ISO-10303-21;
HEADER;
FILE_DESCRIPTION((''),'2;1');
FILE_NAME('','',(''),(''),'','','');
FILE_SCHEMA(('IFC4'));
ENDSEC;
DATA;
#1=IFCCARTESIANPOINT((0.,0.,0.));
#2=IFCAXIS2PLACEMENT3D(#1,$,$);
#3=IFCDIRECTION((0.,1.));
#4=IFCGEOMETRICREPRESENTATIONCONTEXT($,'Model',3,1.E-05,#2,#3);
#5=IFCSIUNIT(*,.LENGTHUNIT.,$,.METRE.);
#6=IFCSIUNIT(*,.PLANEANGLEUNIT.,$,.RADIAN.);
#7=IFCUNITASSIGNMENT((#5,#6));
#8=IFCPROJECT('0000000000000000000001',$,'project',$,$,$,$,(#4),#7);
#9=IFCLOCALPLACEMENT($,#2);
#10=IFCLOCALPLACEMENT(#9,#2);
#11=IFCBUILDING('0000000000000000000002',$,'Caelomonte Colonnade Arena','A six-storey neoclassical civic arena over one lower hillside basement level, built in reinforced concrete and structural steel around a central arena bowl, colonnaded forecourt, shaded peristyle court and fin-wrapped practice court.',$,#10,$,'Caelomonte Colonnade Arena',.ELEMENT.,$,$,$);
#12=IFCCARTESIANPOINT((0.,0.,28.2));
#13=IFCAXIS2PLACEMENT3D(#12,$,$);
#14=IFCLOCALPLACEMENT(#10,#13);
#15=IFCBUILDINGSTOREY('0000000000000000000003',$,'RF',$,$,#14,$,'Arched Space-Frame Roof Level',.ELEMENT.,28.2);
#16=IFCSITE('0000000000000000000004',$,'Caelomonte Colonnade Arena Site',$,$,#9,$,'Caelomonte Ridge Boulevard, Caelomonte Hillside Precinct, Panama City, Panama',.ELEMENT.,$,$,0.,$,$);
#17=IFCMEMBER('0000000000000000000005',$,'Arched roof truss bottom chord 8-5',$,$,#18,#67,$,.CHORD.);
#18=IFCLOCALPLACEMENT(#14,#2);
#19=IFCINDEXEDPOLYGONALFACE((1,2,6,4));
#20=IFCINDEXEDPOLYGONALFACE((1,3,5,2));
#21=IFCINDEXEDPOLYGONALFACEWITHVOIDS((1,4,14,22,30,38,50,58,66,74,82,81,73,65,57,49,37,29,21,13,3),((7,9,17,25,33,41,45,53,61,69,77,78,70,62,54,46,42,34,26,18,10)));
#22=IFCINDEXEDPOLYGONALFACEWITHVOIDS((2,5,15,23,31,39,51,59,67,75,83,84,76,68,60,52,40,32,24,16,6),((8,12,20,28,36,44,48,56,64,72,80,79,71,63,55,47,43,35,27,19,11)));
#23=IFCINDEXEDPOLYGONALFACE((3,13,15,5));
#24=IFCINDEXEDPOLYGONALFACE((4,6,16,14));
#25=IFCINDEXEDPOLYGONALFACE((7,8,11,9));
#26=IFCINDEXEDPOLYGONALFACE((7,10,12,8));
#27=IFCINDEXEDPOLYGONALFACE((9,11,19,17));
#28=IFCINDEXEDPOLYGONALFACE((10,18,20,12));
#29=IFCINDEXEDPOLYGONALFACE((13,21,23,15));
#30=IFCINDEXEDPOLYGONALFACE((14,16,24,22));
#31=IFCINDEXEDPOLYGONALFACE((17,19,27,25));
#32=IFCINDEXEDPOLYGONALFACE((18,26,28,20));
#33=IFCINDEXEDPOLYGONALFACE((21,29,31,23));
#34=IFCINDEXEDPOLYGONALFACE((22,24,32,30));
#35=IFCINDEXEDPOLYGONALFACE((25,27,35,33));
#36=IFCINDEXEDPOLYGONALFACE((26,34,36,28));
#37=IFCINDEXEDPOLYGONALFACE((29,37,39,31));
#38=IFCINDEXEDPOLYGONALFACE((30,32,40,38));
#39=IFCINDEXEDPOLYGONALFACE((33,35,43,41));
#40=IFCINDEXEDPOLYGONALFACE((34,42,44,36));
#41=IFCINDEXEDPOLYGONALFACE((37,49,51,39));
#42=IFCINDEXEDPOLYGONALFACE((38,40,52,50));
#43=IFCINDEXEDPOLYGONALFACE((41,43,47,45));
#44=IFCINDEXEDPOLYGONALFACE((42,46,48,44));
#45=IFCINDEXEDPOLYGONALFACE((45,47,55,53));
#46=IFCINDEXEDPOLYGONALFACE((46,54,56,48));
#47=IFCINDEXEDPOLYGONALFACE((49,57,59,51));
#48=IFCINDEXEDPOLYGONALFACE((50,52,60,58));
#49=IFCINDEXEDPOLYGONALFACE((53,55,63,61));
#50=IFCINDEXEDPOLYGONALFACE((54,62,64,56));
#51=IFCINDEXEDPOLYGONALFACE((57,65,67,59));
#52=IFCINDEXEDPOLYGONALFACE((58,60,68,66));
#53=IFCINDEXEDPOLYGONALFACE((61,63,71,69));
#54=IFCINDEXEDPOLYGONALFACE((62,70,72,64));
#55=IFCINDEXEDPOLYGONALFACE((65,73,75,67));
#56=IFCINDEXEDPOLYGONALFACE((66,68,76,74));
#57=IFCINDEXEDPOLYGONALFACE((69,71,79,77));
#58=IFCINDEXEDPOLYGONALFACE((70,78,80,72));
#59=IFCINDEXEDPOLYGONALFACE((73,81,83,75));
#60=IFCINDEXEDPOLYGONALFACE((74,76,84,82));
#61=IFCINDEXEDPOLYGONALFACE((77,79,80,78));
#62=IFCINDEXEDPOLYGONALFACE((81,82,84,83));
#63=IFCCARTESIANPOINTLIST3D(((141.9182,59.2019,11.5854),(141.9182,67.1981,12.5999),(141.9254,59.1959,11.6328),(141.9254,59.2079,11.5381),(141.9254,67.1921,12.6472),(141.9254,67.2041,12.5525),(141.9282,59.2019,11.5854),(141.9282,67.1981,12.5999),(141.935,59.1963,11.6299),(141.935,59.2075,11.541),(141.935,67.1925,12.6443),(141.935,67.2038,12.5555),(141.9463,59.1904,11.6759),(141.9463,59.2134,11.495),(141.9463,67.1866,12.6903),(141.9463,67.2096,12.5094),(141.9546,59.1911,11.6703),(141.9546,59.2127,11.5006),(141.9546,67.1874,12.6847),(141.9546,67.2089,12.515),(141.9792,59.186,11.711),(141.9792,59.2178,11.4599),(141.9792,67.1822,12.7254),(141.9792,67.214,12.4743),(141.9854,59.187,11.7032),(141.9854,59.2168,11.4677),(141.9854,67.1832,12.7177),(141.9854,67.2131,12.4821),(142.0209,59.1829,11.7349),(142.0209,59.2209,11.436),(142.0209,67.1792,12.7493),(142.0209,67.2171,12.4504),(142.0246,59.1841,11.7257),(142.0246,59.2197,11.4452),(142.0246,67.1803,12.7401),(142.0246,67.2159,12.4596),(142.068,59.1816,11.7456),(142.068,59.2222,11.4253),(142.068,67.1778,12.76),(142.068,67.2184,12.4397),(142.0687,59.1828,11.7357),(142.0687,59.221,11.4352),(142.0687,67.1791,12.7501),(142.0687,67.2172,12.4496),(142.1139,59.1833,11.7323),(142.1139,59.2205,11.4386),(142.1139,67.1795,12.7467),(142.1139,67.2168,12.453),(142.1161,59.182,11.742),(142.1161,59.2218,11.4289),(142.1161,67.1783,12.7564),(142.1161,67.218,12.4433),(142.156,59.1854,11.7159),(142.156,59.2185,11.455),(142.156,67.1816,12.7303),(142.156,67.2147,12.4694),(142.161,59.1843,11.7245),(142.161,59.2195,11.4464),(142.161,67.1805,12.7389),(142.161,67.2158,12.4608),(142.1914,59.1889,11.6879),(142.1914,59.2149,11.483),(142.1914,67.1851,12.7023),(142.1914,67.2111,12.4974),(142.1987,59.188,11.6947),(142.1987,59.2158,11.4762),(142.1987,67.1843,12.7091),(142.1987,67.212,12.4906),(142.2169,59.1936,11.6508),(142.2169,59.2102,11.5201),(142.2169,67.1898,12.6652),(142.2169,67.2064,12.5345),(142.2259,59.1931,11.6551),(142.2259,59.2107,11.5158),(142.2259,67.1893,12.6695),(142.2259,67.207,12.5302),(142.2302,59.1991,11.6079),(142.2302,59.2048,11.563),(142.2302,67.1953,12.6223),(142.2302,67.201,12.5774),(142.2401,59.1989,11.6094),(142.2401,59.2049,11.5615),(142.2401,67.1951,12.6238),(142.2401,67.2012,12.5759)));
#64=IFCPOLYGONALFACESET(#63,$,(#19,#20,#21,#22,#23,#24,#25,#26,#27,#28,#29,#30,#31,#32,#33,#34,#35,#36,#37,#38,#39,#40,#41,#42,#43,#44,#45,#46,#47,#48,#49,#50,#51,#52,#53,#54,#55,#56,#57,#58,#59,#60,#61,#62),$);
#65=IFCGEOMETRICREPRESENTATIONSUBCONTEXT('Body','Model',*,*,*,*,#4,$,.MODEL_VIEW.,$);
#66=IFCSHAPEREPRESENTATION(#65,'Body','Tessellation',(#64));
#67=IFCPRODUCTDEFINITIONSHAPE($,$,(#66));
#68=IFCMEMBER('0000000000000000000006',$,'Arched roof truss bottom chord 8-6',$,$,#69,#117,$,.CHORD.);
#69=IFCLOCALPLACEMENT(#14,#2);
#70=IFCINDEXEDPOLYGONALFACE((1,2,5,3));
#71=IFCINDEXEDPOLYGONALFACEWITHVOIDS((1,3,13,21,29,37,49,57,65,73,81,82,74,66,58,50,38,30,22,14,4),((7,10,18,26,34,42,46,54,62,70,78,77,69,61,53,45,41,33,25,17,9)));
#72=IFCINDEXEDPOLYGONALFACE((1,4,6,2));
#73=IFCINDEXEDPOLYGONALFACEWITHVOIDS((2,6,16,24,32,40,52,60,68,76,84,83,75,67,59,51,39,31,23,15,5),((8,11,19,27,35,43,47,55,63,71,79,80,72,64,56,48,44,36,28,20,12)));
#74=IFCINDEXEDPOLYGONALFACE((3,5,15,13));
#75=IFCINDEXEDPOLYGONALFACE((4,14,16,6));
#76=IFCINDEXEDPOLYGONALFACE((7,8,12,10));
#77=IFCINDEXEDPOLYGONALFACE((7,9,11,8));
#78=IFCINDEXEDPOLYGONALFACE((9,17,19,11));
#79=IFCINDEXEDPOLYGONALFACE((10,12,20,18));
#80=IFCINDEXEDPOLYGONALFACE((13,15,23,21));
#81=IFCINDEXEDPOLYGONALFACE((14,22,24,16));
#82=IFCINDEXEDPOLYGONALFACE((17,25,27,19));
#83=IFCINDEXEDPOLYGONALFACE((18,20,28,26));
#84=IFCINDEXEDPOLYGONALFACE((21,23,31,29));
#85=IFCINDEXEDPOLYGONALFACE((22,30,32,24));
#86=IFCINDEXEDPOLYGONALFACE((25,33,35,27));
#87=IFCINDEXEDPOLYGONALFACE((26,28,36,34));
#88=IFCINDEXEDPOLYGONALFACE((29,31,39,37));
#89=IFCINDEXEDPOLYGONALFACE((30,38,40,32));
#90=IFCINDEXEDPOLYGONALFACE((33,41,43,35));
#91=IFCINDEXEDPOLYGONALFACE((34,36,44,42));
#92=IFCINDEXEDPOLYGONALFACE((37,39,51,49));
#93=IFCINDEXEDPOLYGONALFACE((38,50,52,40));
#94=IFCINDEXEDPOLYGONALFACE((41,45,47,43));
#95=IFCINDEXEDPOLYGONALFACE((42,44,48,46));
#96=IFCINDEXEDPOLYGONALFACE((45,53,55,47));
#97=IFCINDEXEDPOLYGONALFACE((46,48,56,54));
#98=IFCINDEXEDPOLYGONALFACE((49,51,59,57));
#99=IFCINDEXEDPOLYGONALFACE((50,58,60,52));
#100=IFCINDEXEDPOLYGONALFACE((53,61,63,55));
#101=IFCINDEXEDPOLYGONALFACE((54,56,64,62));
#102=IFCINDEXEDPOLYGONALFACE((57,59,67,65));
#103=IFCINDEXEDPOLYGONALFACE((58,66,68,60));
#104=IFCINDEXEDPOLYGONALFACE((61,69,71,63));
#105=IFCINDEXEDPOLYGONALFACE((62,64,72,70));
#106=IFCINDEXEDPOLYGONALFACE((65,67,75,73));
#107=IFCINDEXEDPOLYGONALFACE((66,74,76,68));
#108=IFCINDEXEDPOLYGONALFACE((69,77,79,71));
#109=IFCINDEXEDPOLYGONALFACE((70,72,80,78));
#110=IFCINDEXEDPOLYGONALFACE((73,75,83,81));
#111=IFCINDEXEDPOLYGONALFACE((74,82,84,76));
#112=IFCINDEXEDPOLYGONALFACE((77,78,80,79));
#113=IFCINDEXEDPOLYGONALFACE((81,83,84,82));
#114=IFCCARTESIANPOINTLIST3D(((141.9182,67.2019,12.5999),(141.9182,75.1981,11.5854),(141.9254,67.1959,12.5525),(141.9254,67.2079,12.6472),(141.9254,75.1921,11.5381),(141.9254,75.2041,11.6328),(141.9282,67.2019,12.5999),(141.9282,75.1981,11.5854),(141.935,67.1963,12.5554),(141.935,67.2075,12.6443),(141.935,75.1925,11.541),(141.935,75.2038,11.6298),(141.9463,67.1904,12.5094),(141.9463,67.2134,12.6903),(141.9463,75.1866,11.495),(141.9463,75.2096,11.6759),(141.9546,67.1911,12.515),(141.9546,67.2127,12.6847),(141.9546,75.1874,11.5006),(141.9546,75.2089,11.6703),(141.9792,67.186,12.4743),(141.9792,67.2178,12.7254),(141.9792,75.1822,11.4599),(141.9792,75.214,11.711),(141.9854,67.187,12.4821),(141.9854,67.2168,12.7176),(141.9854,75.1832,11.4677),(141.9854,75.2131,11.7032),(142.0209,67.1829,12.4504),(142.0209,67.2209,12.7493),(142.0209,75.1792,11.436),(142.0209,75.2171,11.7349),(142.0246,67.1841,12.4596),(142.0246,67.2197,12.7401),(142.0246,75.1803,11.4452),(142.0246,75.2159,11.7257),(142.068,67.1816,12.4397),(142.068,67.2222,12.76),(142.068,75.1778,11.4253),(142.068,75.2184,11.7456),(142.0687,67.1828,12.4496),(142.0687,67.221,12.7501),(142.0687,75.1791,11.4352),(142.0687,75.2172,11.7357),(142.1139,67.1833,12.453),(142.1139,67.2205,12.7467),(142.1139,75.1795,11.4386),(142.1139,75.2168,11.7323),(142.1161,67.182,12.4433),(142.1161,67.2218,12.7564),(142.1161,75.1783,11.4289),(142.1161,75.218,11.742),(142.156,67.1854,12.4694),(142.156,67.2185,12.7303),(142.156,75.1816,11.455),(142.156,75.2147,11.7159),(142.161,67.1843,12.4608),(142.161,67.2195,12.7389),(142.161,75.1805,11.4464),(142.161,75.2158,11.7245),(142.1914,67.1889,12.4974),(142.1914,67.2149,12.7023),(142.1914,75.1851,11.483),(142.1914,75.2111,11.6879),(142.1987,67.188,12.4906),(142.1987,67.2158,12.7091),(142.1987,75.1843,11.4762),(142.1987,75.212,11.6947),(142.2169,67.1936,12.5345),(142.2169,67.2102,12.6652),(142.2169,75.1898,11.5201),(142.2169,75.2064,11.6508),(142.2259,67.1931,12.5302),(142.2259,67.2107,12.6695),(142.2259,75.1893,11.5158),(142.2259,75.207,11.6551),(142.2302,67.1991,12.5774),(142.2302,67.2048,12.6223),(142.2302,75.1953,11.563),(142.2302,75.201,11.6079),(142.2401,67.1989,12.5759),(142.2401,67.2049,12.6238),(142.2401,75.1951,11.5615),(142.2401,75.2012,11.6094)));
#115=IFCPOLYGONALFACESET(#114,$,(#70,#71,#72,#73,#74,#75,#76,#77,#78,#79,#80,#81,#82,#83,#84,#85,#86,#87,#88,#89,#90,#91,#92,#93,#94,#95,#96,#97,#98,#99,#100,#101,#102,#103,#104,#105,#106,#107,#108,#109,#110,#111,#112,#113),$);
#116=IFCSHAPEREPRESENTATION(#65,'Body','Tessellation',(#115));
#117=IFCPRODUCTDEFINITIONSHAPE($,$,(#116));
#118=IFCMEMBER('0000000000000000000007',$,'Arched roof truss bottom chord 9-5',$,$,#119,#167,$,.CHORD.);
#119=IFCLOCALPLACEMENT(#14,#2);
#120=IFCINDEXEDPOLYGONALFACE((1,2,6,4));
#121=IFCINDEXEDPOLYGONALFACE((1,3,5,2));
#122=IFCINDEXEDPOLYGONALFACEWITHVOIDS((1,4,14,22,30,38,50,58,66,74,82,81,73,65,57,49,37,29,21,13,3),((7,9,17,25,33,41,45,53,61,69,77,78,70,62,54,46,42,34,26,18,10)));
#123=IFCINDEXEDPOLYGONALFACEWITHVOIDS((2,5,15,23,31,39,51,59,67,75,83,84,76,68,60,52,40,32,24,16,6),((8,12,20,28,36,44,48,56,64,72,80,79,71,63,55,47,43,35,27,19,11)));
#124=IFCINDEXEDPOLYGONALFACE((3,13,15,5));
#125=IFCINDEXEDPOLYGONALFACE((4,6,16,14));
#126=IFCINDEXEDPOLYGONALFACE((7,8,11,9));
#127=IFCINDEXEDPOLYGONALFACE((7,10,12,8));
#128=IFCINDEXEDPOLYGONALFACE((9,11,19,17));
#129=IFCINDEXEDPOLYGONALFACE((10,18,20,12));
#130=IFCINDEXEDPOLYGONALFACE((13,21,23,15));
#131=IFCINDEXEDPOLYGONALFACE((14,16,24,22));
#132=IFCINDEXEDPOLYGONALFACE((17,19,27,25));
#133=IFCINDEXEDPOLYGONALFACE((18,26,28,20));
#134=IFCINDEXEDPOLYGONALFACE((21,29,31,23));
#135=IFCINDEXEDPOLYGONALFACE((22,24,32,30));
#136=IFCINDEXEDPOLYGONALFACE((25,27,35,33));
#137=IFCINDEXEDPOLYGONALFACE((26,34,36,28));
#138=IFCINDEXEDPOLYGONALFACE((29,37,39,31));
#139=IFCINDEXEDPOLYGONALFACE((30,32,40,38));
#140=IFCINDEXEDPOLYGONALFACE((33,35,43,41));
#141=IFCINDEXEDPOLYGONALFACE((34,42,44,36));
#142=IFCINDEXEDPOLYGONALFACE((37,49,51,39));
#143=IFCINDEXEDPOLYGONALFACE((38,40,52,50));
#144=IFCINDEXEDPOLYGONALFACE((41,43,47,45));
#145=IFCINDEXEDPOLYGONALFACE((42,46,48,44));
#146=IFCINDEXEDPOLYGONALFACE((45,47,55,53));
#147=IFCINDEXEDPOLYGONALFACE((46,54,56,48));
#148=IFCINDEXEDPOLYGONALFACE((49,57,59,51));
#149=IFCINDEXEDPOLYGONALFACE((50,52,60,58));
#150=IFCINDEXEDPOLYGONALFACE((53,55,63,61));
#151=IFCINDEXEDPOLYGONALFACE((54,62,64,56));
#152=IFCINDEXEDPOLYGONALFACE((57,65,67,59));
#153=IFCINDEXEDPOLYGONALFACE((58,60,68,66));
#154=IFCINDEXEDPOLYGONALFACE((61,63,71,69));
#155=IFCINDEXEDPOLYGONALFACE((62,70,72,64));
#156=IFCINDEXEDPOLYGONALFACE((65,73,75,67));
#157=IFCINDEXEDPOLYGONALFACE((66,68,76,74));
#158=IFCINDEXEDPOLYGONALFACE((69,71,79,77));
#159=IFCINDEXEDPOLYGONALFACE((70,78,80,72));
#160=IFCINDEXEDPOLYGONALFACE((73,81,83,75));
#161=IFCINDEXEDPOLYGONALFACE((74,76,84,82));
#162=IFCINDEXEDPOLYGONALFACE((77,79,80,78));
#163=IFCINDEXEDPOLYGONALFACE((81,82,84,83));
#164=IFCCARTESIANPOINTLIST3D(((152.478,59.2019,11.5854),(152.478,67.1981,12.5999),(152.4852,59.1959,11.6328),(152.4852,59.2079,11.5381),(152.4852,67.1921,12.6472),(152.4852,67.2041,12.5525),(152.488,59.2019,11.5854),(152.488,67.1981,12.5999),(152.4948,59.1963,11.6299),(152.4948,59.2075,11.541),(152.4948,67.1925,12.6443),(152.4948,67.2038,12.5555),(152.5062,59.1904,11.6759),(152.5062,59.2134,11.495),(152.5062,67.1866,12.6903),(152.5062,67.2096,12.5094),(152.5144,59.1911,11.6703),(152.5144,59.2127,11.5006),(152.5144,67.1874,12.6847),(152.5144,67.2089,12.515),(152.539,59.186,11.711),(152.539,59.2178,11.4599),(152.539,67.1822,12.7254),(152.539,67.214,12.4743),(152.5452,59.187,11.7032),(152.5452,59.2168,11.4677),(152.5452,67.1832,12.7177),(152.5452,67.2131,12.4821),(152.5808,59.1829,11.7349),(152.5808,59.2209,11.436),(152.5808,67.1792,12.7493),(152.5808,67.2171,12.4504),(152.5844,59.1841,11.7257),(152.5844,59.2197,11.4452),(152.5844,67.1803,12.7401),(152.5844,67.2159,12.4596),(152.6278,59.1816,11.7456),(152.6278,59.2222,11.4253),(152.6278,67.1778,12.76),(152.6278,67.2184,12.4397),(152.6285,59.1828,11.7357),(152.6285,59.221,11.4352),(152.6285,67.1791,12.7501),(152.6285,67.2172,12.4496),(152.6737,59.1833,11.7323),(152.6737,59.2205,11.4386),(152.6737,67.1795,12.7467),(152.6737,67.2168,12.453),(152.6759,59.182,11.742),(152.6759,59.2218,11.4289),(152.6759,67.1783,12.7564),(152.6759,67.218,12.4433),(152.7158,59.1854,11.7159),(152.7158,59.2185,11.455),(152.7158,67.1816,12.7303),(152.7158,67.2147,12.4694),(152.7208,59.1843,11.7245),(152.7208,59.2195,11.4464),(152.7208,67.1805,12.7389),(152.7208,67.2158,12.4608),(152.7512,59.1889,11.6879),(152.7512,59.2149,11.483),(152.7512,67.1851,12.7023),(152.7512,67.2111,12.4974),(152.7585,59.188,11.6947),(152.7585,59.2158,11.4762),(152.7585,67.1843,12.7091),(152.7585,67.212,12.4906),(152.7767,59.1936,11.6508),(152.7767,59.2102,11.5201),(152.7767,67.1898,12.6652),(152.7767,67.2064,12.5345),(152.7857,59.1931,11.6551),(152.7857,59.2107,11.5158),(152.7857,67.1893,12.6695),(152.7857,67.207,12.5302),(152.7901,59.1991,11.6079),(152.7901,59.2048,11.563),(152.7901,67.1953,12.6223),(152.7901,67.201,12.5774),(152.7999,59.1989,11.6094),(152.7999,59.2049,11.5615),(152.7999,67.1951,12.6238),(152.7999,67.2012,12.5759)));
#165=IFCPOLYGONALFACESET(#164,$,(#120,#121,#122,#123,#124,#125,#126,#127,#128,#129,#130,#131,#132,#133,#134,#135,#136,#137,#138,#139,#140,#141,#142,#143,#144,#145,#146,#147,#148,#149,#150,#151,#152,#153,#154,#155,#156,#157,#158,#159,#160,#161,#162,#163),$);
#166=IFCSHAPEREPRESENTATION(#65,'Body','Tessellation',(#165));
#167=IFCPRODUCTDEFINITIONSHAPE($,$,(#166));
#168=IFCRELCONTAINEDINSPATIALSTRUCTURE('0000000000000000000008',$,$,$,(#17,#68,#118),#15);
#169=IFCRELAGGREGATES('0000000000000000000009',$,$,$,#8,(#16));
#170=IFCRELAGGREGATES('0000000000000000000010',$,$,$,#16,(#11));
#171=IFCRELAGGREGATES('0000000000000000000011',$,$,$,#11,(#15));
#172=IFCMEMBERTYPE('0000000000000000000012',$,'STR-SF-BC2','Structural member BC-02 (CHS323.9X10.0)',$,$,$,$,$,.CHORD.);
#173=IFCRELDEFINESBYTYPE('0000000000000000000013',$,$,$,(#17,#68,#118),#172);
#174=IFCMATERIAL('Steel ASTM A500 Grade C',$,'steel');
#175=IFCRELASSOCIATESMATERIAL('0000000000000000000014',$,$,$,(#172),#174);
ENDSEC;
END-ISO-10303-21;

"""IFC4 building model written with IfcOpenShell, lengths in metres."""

from ifc_helpers import new_model, si_unit, direction, frame, origin, origin_2d, place, context, subcontext, project, spatial, hollow_circle, extrude, material, material_profile, profile_set, type_object, element, save


model = new_model("IFC4")

# Units and contexts
model_context = context("Model", 3, precision=1e-05, world=origin(), true_north=direction((0.0, 1.0)))
body_context = subcontext(model_context, "Body", "Model", "MODEL_VIEW")
ifc_project = project(units=[si_unit("LENGTHUNIT", "METRE"), si_unit("PLANEANGLEUNIT", "RADIAN")], contexts=[model_context])

# Site, building, storey
site_placement = place(None, origin())
site = spatial("IfcSite", under=ifc_project, at=site_placement, Name="Caelomonte Colonnade Arena Site", LongName="Caelomonte Ridge Boulevard, Caelomonte Hillside Precinct, Panama City, Panama", CompositionType="ELEMENT", RefElevation=0.0)
building_placement = place(site_placement, origin())
building = spatial("IfcBuilding", under=site, at=building_placement, Name="Caelomonte Colonnade Arena", Description="A six-storey neoclassical civic arena over one lower hillside basement level, built in reinforced concrete and structural steel around a central arena bowl, colonnaded forecourt, shaded peristyle court and fin-wrapped practice court.", LongName="Caelomonte Colonnade Arena", CompositionType="ELEMENT")
storey_placement = place(building_placement, frame((0.0, 0.0, 28.2)))
storey = spatial("IfcBuildingStorey", under=building, at=storey_placement, Name="RF", LongName="Arched Space-Frame Roof Level", CompositionType="ELEMENT", Elevation=28.2)

# Members
ifc_material_1 = material(Name="Steel ASTM A500 Grade C", Category="steel")
ifc_material_profile_1 = material_profile(ifc_material_1, hollow_circle(Radius=0.1619, WallThickness=0.01, at=origin_2d()), Name="CHS323.9X10.0")
ifc_profile_set_1 = profile_set([ifc_material_profile_1], Name="Steel ASTM A500 Grade C")
member_type_1 = type_object("IfcMemberType", Name="STR-SF-BC2", Description="Structural member BC-02 (CHS323.9X10.0)", PredefinedType="CHORD", material=ifc_profile_set_1)
for number, where, z_axis, x_axis, name in (
    (1, (142.0801, 59.2019, 11.5854), (0.0, 0.992049, 0.125854), (-1.0, 0.0, 0.0), "Arched roof truss bottom chord 8-5"),
    (2, (142.0801, 67.2019, 12.5999), (0.0, 0.992049, -0.125854), (-1.0, 0.0, 0.0), "Arched roof truss bottom chord 8-6"),
    (3, (152.6399, 59.2019, 11.5854), (0.0, 0.992049, 0.125854), (-1.0, 0.0, 0.0), "Arched roof truss bottom chord 9-5"),
):
    element("IfcMember", number, at=place(storey_placement, frame(where, z_axis=z_axis, x_axis=x_axis)), inside=storey, type_object=member_type_1, Name=name, PredefinedType="CHORD", context=body_context, shape_type="SweptSolid", body=[
        extrude(hollow_circle(Radius=0.1619, WallThickness=0.01, at=origin_2d()), origin(), (0.0, 0.0, 1.0), 8.0603),
    ])

save(model, "model.ifc")
